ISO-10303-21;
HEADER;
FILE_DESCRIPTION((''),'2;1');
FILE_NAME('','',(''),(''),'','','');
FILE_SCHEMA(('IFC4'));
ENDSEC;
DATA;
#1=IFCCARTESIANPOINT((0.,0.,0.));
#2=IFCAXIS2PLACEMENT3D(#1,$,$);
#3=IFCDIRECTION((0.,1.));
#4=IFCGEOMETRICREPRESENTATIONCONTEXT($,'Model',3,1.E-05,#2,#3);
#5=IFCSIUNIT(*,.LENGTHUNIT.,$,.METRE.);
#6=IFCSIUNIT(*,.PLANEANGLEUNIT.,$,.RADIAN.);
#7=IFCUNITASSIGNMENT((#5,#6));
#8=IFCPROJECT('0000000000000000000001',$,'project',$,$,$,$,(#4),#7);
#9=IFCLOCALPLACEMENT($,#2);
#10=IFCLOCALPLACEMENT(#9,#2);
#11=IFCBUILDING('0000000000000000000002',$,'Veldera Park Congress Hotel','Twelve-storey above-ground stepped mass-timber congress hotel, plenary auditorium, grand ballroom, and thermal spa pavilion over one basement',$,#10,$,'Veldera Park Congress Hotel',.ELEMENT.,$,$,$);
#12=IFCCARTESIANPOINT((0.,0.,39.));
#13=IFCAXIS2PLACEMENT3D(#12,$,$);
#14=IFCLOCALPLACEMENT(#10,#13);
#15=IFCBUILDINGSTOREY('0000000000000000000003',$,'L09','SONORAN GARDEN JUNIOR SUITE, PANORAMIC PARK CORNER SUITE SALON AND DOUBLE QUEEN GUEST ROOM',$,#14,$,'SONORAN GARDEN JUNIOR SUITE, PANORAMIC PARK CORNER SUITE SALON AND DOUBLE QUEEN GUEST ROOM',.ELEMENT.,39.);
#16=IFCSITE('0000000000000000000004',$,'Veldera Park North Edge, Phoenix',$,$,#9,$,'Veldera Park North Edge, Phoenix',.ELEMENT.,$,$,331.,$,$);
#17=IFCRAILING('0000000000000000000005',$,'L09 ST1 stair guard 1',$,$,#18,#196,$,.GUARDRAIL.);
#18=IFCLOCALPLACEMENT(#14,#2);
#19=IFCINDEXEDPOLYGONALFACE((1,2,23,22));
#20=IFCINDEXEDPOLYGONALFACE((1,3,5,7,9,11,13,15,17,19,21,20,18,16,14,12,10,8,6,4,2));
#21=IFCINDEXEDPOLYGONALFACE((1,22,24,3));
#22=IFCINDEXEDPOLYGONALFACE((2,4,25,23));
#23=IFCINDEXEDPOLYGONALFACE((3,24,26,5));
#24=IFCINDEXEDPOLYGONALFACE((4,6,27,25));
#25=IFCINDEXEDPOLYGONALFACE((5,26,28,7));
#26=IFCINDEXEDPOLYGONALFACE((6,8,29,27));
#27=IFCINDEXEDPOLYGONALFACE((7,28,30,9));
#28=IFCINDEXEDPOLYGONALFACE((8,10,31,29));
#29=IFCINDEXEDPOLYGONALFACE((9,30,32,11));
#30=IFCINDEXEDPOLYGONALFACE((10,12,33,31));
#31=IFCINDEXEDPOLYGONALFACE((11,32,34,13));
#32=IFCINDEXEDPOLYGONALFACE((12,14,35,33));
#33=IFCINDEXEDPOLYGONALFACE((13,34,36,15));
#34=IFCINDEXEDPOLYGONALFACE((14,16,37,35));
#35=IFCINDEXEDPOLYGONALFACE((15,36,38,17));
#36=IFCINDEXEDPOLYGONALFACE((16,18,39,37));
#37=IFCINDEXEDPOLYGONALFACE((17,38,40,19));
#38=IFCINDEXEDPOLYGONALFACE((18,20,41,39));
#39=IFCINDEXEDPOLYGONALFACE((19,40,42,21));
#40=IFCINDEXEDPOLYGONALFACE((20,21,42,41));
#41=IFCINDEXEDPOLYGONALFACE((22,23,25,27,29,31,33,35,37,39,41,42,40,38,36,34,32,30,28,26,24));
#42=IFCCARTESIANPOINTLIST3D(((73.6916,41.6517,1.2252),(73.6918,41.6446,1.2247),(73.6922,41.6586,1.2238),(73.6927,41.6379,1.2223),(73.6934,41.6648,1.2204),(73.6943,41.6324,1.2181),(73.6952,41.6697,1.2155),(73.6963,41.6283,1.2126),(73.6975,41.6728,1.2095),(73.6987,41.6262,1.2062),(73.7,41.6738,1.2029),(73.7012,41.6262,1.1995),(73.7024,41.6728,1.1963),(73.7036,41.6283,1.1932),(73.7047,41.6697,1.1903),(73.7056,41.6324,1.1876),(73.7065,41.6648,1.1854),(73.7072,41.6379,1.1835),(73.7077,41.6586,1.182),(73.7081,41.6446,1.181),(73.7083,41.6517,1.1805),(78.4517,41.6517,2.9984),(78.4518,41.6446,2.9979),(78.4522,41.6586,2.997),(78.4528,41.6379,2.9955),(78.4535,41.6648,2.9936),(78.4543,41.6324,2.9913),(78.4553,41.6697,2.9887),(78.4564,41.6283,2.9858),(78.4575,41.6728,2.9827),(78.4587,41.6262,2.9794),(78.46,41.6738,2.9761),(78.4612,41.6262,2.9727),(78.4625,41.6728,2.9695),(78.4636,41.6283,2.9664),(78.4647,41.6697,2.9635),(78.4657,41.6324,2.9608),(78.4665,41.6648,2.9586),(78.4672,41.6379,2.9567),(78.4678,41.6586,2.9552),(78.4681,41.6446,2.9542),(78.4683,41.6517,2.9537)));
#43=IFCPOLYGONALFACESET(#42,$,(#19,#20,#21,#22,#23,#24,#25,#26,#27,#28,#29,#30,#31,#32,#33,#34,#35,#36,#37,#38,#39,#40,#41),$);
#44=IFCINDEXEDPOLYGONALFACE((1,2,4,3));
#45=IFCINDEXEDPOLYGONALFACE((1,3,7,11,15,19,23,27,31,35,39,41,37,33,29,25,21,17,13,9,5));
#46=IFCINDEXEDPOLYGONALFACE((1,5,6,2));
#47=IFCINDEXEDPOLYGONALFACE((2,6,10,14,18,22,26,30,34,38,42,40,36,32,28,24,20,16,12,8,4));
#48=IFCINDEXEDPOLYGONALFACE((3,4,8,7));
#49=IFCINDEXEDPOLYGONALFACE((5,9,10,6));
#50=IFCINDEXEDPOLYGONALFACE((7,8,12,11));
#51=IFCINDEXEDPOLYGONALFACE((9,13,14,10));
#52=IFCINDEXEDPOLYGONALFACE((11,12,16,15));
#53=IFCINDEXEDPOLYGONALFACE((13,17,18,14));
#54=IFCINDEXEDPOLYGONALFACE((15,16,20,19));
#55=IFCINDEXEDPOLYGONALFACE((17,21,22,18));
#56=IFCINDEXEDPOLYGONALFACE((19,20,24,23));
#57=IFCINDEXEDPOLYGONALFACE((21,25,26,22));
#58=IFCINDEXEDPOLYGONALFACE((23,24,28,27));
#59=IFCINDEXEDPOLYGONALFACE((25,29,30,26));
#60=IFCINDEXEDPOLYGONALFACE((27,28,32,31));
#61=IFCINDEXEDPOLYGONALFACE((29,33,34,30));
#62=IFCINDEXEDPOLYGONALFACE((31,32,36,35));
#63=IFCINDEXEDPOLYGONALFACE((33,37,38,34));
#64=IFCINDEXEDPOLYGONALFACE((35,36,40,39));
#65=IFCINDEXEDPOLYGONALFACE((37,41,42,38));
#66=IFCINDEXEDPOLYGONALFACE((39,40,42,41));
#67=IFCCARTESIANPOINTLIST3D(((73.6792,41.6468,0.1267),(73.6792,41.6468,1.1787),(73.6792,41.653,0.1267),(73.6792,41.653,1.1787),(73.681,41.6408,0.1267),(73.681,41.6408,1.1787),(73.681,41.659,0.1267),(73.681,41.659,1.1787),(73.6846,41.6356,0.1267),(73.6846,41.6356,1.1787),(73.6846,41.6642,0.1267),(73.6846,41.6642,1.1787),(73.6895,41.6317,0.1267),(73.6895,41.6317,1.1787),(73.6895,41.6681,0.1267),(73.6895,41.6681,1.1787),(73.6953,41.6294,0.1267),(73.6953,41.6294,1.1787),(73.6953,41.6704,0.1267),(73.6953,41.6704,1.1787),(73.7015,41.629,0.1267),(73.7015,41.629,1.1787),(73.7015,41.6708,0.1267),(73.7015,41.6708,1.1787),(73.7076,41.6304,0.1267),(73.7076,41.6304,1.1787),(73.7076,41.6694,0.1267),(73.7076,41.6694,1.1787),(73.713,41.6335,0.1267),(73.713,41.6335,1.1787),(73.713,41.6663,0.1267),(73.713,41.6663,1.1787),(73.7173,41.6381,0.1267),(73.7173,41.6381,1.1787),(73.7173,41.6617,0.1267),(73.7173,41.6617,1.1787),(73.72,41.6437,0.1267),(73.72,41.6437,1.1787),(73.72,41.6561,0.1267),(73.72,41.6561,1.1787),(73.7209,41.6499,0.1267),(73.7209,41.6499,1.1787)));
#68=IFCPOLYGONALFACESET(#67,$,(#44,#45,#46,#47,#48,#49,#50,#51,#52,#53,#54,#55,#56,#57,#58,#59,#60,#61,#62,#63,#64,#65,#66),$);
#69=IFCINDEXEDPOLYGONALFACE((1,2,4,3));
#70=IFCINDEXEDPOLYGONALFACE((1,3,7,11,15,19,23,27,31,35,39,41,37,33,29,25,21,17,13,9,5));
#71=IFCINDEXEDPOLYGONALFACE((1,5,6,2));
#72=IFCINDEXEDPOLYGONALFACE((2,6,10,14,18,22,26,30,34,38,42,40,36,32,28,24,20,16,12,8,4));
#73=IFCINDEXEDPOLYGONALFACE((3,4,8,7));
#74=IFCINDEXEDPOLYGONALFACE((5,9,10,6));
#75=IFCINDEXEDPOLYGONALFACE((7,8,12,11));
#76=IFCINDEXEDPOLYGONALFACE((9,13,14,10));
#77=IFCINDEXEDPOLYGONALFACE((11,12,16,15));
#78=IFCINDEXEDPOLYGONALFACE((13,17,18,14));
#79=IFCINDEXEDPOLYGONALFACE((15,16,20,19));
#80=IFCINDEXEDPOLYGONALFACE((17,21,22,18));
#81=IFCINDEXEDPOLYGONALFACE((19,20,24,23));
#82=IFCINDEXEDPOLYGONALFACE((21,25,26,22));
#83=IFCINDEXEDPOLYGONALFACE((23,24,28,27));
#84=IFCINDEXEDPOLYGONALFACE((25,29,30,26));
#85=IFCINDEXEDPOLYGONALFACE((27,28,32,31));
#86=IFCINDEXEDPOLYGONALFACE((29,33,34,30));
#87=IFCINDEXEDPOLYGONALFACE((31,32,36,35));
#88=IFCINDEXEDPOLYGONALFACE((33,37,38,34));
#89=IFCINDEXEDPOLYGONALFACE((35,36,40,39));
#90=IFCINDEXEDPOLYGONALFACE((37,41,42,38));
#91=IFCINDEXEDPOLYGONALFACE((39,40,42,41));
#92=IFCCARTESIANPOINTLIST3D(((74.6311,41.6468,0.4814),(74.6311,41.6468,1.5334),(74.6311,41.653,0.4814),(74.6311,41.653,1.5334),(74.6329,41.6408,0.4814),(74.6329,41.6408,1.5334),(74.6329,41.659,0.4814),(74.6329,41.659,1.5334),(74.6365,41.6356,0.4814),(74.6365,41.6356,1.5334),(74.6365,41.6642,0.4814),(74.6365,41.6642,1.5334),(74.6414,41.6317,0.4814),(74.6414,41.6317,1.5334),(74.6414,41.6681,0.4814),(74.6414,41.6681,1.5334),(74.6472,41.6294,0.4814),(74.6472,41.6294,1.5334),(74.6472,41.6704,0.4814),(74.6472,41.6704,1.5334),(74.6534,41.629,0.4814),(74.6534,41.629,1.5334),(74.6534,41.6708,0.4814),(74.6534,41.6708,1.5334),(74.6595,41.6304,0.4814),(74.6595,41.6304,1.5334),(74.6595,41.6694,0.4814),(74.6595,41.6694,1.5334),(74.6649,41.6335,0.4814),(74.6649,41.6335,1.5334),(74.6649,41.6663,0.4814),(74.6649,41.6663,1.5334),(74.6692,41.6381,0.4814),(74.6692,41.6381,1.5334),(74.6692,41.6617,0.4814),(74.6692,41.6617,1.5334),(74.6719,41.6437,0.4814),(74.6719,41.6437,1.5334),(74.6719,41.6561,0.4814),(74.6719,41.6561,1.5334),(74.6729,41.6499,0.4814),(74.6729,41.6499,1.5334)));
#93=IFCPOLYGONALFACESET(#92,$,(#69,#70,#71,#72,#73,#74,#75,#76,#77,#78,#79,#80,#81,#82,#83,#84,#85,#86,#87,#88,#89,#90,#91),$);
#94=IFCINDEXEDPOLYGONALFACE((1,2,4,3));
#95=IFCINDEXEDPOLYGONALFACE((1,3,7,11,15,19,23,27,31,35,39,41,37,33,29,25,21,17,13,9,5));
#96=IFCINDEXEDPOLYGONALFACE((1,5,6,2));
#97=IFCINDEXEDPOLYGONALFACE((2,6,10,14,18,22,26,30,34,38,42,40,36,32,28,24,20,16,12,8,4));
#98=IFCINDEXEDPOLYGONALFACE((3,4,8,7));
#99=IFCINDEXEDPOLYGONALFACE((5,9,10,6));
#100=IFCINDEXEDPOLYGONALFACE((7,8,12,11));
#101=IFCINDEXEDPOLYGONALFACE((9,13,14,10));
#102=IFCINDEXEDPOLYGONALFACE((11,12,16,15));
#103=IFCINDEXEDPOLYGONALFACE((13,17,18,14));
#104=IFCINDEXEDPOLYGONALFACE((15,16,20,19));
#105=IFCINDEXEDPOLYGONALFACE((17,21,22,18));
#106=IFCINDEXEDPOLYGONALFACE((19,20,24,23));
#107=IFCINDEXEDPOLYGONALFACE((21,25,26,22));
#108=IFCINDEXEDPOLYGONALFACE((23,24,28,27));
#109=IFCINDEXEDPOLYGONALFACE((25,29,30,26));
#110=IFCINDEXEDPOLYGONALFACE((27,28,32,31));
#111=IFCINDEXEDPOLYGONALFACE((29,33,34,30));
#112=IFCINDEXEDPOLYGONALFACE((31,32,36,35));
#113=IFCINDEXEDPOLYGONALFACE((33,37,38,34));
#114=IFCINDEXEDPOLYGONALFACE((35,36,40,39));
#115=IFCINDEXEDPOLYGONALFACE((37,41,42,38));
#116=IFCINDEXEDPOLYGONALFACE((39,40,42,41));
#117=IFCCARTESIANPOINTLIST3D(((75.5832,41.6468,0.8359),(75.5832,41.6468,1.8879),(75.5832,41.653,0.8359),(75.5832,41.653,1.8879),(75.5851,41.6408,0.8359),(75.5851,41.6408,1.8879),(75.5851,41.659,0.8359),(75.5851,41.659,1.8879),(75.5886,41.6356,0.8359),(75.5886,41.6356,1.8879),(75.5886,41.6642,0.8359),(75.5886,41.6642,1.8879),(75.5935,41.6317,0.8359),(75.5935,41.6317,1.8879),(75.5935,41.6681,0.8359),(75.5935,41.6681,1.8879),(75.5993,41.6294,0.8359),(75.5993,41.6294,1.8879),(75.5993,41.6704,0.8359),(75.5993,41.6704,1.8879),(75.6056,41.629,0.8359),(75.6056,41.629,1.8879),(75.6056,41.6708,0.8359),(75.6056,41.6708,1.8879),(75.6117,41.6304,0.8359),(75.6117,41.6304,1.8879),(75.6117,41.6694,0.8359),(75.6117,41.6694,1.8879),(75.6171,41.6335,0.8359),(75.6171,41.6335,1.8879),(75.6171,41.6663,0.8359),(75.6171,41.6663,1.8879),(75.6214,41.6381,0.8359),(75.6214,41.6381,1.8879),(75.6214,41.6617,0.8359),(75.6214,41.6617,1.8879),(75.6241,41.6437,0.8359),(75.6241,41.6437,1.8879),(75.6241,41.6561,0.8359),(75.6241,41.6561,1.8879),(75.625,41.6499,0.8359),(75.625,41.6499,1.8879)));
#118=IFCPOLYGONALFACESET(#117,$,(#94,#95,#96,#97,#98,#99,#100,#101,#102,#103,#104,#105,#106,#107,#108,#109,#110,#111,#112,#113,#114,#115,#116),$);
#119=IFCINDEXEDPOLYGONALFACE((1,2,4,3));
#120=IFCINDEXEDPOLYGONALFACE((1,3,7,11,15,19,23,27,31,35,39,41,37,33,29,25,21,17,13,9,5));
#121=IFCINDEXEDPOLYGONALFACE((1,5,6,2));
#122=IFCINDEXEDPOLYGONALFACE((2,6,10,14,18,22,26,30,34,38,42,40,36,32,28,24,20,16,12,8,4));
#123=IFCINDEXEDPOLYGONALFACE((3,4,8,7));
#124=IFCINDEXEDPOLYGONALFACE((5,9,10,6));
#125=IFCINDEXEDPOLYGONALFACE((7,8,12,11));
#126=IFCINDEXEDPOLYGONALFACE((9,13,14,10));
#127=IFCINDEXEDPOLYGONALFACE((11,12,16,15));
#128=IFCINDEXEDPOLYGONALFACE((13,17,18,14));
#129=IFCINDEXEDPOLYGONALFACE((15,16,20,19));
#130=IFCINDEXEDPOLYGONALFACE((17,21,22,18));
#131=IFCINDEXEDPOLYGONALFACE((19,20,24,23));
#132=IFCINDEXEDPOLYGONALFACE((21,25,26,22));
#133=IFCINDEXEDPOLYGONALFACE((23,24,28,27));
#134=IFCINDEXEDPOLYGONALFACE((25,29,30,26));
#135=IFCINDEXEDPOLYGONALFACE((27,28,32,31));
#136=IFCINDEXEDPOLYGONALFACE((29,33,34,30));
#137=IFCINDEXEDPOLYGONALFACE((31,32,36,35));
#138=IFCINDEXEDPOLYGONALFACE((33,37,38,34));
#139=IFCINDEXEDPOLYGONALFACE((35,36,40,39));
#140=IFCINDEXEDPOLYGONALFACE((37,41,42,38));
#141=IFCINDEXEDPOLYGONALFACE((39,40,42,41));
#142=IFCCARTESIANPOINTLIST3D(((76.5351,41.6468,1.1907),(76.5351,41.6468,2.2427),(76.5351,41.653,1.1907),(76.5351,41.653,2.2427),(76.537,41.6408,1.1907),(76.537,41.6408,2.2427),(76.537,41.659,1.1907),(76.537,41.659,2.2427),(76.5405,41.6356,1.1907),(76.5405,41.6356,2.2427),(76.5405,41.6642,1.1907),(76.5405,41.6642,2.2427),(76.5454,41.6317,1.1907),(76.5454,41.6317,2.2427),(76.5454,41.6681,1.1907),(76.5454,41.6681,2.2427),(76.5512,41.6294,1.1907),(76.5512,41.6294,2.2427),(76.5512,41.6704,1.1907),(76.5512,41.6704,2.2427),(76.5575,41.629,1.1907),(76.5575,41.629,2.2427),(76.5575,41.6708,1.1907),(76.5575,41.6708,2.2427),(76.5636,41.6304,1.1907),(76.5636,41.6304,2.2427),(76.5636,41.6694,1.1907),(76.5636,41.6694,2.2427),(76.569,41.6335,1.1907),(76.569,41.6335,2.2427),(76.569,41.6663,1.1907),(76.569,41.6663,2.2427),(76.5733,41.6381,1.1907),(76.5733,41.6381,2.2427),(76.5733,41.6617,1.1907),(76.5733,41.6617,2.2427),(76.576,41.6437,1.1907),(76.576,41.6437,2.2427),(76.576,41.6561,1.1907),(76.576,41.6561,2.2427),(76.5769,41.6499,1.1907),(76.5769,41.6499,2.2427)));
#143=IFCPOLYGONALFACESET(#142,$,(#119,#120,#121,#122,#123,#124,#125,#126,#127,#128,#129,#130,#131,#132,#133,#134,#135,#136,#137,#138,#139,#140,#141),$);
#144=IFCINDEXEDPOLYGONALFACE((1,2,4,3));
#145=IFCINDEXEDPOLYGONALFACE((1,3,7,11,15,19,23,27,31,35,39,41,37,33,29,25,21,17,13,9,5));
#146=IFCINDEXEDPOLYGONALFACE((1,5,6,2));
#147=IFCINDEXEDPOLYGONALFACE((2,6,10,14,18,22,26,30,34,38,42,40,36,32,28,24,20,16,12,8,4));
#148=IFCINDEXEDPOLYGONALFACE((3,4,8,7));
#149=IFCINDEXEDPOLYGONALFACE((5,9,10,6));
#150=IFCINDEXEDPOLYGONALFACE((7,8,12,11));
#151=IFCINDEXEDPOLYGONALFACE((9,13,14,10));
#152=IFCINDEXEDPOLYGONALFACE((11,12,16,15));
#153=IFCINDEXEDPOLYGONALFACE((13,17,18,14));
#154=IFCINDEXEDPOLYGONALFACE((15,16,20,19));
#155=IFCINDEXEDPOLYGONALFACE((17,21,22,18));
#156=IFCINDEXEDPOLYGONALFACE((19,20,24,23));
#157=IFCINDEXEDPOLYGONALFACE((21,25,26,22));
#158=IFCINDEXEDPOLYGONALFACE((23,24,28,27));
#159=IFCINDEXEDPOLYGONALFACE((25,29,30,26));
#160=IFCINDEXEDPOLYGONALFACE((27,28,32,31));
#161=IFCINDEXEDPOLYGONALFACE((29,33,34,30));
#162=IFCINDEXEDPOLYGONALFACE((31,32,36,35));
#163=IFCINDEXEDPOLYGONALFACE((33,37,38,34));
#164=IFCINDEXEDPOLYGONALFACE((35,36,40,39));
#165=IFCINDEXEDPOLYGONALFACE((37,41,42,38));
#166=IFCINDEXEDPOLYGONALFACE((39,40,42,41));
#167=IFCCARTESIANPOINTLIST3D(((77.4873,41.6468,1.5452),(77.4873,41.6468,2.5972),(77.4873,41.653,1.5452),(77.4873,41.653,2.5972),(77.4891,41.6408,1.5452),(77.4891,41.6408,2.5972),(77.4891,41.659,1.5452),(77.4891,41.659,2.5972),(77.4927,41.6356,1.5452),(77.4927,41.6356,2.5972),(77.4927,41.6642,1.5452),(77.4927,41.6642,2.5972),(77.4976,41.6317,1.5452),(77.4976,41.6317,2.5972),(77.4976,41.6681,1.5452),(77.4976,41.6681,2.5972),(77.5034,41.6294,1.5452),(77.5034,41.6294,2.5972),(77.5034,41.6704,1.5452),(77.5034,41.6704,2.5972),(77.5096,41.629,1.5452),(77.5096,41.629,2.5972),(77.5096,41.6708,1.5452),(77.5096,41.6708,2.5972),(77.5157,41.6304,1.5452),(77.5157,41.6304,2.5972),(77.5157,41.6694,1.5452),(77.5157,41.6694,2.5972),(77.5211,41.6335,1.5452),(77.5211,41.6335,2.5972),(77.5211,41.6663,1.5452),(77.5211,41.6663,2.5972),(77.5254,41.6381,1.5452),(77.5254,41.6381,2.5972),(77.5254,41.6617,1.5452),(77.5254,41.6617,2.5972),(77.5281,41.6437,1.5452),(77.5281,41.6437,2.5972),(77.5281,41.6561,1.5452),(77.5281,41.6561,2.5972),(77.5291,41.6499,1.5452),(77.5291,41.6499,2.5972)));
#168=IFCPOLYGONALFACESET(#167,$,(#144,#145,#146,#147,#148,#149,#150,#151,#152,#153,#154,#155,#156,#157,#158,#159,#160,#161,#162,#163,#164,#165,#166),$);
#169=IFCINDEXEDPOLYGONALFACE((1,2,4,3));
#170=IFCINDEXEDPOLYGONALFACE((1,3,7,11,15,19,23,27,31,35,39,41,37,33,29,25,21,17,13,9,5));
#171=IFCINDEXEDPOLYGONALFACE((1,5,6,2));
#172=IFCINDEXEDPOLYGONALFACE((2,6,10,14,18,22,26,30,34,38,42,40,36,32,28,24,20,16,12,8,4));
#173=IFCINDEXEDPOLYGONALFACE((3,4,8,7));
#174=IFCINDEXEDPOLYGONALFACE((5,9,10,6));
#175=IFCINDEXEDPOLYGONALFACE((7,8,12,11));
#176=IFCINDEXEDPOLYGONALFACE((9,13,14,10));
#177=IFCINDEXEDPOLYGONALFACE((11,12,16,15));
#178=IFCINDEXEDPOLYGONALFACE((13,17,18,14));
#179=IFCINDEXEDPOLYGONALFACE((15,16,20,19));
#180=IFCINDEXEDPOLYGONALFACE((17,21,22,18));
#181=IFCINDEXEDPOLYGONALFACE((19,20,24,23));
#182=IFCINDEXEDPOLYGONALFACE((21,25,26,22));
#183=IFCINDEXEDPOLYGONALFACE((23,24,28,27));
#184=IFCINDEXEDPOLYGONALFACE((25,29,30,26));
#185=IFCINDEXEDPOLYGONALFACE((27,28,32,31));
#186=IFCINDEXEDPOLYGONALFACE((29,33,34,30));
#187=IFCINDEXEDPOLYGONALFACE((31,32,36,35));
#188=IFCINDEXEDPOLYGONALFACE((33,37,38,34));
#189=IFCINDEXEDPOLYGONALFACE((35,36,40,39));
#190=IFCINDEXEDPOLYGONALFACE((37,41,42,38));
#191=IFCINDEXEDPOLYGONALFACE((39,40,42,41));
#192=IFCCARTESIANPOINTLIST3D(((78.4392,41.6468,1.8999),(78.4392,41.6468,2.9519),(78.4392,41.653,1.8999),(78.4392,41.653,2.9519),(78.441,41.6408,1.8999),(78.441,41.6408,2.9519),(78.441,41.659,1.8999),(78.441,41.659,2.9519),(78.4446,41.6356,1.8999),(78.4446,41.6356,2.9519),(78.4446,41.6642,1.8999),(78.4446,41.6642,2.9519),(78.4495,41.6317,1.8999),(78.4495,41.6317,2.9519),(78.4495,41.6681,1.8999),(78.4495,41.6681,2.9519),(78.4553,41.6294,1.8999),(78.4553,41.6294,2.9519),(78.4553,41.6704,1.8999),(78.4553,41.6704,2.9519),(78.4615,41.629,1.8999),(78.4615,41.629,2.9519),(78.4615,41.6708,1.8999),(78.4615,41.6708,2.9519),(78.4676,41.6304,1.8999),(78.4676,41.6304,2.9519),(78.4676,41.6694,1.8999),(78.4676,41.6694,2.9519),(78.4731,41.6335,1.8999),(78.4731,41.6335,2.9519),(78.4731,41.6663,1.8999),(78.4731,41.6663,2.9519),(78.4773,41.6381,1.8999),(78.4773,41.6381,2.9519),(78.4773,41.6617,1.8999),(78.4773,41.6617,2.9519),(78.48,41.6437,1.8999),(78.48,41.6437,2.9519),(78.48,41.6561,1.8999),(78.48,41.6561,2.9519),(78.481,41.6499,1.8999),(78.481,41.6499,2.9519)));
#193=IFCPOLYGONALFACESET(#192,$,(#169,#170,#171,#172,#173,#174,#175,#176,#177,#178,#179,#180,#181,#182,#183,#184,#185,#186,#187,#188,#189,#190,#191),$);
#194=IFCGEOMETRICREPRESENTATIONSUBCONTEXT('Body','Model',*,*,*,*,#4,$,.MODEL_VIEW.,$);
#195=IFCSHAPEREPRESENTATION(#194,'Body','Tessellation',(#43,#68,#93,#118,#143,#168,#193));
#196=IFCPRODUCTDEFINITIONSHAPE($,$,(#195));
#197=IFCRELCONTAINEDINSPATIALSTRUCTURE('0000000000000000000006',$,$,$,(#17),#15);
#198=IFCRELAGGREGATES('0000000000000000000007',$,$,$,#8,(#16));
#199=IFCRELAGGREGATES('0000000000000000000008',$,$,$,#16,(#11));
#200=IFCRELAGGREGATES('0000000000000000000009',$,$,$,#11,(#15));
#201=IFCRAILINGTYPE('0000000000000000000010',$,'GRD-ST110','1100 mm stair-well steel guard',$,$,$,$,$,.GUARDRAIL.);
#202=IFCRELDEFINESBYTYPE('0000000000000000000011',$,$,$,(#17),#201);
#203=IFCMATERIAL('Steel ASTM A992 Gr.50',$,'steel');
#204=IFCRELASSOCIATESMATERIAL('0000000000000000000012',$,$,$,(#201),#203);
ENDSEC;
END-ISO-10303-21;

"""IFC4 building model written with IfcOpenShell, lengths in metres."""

from ifc_helpers import new_model, si_unit, direction, frame, origin, origin_2d, place, context, subcontext, project, spatial, circle, extrude, material, type_object, element, save


model = new_model("IFC4")

# Units and contexts
model_context = context("Model", 3, precision=1e-05, world=origin(), true_north=direction((0.0, 1.0)))
body_context = subcontext(model_context, "Body", "Model", "MODEL_VIEW")
ifc_project = project(units=[si_unit("LENGTHUNIT", "METRE"), si_unit("PLANEANGLEUNIT", "RADIAN")], contexts=[model_context])

# Site, building, storey
site_placement = place(None, origin())
site = spatial("IfcSite", under=ifc_project, at=site_placement, Name="Veldera Park North Edge, Phoenix", LongName="Veldera Park North Edge, Phoenix", CompositionType="ELEMENT", RefElevation=331.0)
building_placement = place(site_placement, origin())
building = spatial("IfcBuilding", under=site, at=building_placement, Name="Veldera Park Congress Hotel", Description="Twelve-storey above-ground stepped mass-timber congress hotel, plenary auditorium, grand ballroom, and thermal spa pavilion over one basement", LongName="Veldera Park Congress Hotel", CompositionType="ELEMENT")
storey_placement = place(building_placement, frame((0.0, 0.0, 39.0)))
storey = spatial("IfcBuildingStorey", under=building, at=storey_placement, Name="L09", Description="SONORAN GARDEN JUNIOR SUITE, PANORAMIC PARK CORNER SUITE SALON AND DOUBLE QUEEN GUEST ROOM", LongName="SONORAN GARDEN JUNIOR SUITE, PANORAMIC PARK CORNER SUITE SALON AND DOUBLE QUEEN GUEST ROOM", CompositionType="ELEMENT", Elevation=39.0)

# Railing
ifc_material_1 = material(Name="Steel ASTM A992 Gr.50", Category="steel")
railing_type = type_object("IfcRailingType", Name="GRD-ST110", Description="1100 mm stair-well steel guard", PredefinedType="GUARDRAIL", material=ifc_material_1)
railing_1_placement = place(storey_placement, frame((73.7, 41.6499, 0.1267)))
element("IfcRailing", 1, at=railing_1_placement, inside=storey, type_object=railing_type, Name="L09 ST1 stair guard 1", PredefinedType="GUARDRAIL", context=body_context, shape_type="SweptSolid", body=[
    extrude(circle(Radius=0.0239, at=origin_2d()), frame((0.0, 0.0, 1.0762), z_axis=(0.937091, 0.0, 0.349084), x_axis=(0.0, 1.0, 0.0)), (0.0, 0.0, 1.0), 5.0796),
    extrude(circle(Radius=0.021, at=origin_2d()), origin(), (0.0, 0.0, 1.0), 1.052),
    extrude(circle(Radius=0.021, at=origin_2d()), frame((0.9519, 0.0, 0.3547)), (0.0, 0.0, 1.0), 1.052),
    extrude(circle(Radius=0.021, at=origin_2d()), frame((1.9041, 0.0, 0.7092)), (0.0, 0.0, 1.0), 1.052),
    extrude(circle(Radius=0.021, at=origin_2d()), frame((2.856, 0.0, 1.064)), (0.0, 0.0, 1.0), 1.052),
    extrude(circle(Radius=0.021, at=origin_2d()), frame((3.8081, 0.0, 1.4185)), (0.0, 0.0, 1.0), 1.052),
    extrude(circle(Radius=0.021, at=origin_2d()), frame((4.76, 0.0, 1.7732)), (0.0, 0.0, 1.0), 1.052),
])

save(model, "model.ifc")
